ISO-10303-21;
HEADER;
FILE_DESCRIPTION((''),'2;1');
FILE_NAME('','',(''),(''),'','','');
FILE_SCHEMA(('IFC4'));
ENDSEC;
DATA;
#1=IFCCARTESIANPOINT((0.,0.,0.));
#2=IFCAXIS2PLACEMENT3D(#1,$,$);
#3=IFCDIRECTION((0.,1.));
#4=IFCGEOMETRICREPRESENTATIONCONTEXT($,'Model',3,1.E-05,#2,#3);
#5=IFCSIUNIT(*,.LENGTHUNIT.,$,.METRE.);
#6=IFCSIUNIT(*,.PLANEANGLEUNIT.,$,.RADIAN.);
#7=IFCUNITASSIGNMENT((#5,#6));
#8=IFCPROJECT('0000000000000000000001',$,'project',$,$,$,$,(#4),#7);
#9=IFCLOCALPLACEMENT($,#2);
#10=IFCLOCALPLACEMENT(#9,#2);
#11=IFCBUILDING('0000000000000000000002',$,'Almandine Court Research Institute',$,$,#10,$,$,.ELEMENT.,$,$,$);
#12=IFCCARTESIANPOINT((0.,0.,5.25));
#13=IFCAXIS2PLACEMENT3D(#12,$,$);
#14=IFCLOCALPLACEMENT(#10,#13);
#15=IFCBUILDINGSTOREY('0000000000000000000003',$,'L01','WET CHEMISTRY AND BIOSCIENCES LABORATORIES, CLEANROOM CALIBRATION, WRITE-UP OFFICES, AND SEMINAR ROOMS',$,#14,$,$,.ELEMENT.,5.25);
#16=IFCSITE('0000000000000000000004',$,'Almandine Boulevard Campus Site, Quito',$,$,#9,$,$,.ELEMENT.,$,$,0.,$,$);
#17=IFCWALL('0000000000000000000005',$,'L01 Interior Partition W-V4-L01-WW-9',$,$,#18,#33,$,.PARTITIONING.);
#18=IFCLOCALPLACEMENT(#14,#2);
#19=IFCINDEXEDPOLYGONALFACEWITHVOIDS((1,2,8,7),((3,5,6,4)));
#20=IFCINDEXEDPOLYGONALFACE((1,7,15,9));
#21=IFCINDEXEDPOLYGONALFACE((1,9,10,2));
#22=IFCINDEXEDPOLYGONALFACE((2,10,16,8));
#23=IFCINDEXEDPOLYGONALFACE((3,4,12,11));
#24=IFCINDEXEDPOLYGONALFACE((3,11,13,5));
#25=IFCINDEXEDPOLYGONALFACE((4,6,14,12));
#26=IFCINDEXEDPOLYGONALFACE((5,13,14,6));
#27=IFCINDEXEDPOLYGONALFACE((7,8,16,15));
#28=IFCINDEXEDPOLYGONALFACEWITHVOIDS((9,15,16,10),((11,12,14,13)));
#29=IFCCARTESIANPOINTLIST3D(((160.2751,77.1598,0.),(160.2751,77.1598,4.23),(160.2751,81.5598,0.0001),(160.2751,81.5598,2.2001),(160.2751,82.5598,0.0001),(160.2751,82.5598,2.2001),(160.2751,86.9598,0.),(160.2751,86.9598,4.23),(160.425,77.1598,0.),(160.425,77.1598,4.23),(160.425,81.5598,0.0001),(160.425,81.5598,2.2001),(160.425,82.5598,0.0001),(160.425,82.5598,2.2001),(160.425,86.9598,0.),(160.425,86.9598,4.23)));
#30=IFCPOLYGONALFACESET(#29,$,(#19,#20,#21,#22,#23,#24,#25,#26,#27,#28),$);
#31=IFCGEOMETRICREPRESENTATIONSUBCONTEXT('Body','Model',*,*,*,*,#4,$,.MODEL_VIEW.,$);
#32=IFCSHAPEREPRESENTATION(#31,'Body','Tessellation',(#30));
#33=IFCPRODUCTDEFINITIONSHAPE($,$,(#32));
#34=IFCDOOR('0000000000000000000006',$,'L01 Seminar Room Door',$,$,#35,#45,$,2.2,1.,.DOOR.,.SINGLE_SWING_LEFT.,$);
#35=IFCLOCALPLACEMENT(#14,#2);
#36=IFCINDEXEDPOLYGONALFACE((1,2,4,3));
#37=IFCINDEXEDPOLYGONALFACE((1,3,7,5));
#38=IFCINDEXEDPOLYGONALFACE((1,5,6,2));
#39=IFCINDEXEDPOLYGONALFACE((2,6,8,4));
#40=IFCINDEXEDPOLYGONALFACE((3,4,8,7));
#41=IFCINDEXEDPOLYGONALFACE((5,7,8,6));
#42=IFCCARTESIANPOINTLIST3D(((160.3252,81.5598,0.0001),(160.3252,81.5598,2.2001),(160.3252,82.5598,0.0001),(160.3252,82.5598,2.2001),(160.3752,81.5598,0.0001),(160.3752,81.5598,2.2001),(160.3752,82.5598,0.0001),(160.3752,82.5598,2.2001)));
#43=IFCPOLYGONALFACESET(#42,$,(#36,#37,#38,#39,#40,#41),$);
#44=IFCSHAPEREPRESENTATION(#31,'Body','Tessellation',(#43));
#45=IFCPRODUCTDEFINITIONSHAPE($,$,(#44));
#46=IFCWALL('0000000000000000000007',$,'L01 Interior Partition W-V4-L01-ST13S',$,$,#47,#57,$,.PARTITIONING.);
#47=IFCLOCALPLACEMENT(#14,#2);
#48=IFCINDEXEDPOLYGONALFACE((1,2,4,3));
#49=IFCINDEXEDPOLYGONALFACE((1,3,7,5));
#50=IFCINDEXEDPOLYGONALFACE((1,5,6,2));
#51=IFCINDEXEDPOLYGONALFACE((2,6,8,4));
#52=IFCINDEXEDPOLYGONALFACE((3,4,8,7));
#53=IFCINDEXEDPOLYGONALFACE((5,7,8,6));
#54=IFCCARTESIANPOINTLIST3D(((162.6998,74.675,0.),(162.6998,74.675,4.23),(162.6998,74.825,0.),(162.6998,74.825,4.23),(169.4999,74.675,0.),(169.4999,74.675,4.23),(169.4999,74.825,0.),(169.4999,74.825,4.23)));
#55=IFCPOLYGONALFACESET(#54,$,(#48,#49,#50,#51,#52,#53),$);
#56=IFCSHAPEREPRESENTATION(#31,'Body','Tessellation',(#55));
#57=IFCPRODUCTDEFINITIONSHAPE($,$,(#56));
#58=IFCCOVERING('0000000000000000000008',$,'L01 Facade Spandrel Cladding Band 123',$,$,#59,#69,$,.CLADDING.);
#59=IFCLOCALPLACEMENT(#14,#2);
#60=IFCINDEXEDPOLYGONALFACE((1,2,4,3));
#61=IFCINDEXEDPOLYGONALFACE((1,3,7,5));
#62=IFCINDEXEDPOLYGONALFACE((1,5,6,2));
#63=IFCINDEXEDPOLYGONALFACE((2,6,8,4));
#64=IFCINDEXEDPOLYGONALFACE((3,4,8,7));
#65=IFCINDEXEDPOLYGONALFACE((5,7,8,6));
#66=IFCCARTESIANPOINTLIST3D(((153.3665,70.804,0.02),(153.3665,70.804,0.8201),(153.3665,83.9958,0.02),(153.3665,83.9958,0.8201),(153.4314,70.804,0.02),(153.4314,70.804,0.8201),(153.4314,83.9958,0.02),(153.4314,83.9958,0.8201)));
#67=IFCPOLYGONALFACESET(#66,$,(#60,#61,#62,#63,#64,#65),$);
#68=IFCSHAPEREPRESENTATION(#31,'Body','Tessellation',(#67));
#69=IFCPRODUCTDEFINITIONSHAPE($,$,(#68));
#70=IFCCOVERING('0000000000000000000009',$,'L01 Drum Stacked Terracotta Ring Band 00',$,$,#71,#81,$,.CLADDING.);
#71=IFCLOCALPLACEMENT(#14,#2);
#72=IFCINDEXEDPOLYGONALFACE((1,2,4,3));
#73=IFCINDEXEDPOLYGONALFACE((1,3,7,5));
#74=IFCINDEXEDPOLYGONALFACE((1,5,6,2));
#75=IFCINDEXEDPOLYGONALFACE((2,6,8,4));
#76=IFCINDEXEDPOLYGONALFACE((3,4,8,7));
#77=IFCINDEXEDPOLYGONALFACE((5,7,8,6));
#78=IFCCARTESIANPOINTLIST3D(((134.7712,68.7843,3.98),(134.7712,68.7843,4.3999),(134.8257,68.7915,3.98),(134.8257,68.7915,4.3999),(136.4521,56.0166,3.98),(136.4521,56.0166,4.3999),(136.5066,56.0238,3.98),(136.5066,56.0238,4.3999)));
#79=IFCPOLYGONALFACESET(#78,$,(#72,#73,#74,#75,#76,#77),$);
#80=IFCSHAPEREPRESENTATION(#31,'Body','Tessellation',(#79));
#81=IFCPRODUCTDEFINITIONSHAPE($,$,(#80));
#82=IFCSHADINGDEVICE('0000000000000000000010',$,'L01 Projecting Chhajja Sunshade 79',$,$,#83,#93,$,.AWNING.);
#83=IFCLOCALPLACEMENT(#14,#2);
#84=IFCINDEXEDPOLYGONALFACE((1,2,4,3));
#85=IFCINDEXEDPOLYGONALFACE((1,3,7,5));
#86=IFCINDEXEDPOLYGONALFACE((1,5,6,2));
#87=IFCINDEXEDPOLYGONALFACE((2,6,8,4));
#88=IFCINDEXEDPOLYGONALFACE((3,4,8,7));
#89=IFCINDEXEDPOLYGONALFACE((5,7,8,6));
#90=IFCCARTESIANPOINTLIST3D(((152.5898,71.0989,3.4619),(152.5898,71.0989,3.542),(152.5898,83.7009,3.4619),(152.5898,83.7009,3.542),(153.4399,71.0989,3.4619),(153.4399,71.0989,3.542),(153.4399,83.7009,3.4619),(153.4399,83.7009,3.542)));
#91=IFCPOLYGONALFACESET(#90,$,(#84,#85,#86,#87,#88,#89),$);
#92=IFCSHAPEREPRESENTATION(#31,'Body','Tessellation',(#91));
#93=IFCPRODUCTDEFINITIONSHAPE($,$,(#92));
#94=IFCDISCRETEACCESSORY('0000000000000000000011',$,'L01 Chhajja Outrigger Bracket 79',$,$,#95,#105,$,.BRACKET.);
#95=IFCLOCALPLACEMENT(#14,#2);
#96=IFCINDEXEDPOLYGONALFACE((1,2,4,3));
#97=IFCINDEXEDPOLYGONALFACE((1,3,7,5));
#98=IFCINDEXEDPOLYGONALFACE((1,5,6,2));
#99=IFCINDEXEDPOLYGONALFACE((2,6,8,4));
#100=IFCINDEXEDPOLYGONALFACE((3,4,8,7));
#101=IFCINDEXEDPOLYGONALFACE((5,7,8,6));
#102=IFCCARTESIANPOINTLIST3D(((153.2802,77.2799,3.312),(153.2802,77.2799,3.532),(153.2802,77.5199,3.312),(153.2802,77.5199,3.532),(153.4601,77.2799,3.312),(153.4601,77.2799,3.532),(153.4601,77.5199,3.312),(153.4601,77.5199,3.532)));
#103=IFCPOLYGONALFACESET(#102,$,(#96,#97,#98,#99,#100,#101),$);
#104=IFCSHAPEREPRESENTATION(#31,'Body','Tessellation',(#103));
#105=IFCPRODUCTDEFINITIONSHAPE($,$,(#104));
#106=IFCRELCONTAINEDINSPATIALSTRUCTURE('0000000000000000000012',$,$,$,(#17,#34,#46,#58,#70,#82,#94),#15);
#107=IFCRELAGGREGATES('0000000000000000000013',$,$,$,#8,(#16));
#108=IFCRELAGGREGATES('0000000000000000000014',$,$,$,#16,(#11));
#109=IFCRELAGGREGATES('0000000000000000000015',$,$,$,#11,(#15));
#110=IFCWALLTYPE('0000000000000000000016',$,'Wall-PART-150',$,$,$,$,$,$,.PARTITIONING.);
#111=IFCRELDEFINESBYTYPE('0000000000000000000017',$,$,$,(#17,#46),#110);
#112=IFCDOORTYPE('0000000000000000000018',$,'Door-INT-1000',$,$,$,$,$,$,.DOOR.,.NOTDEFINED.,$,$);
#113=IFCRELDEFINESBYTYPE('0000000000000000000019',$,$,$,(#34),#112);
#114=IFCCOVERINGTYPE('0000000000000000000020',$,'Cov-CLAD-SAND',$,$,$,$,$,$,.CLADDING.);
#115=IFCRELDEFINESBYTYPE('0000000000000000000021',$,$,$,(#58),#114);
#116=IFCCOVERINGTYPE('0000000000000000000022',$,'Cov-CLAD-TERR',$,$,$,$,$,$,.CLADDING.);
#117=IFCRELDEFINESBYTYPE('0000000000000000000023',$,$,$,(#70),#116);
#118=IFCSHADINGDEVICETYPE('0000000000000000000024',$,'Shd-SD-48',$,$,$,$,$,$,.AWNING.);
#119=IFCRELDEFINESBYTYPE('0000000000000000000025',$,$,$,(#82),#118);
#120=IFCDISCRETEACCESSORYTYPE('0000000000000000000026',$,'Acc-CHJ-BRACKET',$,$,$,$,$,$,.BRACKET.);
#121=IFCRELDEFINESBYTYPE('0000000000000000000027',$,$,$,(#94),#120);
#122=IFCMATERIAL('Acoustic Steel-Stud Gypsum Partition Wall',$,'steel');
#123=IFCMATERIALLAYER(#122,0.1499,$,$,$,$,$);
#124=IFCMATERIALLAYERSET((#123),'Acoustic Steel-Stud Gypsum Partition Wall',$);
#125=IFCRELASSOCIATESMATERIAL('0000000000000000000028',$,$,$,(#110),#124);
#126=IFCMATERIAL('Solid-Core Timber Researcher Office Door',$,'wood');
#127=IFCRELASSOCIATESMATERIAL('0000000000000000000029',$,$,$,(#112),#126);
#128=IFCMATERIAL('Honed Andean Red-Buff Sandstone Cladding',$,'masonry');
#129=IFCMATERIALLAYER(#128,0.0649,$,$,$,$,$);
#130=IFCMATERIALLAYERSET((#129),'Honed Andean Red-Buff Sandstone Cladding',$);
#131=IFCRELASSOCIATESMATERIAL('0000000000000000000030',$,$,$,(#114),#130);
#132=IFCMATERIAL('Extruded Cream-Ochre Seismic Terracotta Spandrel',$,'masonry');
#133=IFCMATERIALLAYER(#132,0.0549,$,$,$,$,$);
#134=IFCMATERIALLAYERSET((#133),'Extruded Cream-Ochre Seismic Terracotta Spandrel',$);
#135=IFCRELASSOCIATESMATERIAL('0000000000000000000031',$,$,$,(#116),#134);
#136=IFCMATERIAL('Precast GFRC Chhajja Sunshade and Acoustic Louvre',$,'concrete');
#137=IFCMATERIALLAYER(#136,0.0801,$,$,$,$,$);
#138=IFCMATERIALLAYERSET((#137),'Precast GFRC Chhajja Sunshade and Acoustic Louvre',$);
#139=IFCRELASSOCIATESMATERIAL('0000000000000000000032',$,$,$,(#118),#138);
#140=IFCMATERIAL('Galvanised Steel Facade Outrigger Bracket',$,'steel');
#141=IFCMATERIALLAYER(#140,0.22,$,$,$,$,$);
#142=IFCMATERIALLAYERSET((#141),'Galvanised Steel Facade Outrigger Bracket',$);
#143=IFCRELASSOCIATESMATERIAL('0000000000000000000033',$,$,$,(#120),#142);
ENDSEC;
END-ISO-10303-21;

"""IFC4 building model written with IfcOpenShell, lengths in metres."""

from ifc_helpers import new_model, si_unit, direction, frame, frame_2d, origin, origin_2d, place, context, subcontext, project, spatial, rectangle, extrude, material, layer, layer_set, type_object, element, fill, save


model = new_model("IFC4")

# Units and contexts
model_context = context("Model", 3, precision=1e-05, world=origin(), true_north=direction((0.0, 1.0)))
body_context = subcontext(model_context, "Body", "Model", "MODEL_VIEW")
ifc_project = project(units=[si_unit("LENGTHUNIT", "METRE"), si_unit("PLANEANGLEUNIT", "RADIAN")], contexts=[model_context])

# Site, building, storey
site_placement = place(None, origin())
site = spatial("IfcSite", under=ifc_project, at=site_placement, Name="Almandine Boulevard Campus Site, Quito", CompositionType="ELEMENT", RefElevation=0.0)
building_placement = place(site_placement, origin())
building = spatial("IfcBuilding", under=site, at=building_placement, Name="Almandine Court Research Institute", CompositionType="ELEMENT")
storey_placement = place(building_placement, frame((0.0, 0.0, 5.25)))
storey = spatial("IfcBuildingStorey", under=building, at=storey_placement, Name="L01", Description="WET CHEMISTRY AND BIOSCIENCES LABORATORIES, CLEANROOM CALIBRATION, WRITE-UP OFFICES, AND SEMINAR ROOMS", CompositionType="ELEMENT", Elevation=5.25)

# Shared definitions
ifc_material_1 = material(Name="Acoustic Steel-Stud Gypsum Partition Wall", Category="steel")
ifc_layer_1 = layer(ifc_material_1, 0.1499)
ifc_layer_set_1 = layer_set([ifc_layer_1], Name="Acoustic Steel-Stud Gypsum Partition Wall")
wall_type_1 = type_object("IfcWallType", Name="Wall-PART-150", PredefinedType="PARTITIONING", material=ifc_layer_set_1)

# Shared definitions
ifc_material_2 = material(Name="Solid-Core Timber Researcher Office Door", Category="wood")
door_type_1 = type_object("IfcDoorType", Name="Door-INT-1000", OperationType="NOTDEFINED", PredefinedType="DOOR", material=ifc_material_2)

# Wall, opening, door
wall_1_placement = place(storey_placement, frame((160.3501, 77.1599, 0.0), z_axis=(0.0, 0.0, 1.0), x_axis=(0.0, 1.0, 0.0)))
wall_1 = element("IfcWall", 1, at=wall_1_placement, inside=storey, type_object=wall_type_1, Name="L01 Interior Partition W-V4-L01-WW-9", PredefinedType="PARTITIONING", context=body_context, shape_type="SweptSolid", body=[
    extrude(rectangle(XDim=9.8, YDim=0.1499, at=frame_2d((4.8999, 0.0))), origin(), (0.0, 0.0, 1.0), 4.23),
])
opening_1_placement = place(wall_1_placement, frame((4.3999, 0.0, 0.0)))
opening_1 = element("IfcOpeningElement", 2, at=opening_1_placement, cuts=wall_1, PredefinedType="OPENING", context=body_context, shape_type="SweptSolid", body=[
    extrude(rectangle(XDim=1.0, YDim=2.2, at=frame_2d((0.5, 1.1001))), frame((0.0, 0.085, 0.0), z_axis=(0.0, -1.0, 0.0), x_axis=(1.0, 0.0, 0.0)), (0.0, 0.0, 1.0), 0.1699),
])
door_1_placement = place(opening_1_placement, origin())
door_1 = element("IfcDoor", 3, at=door_1_placement, inside=storey, type_object=door_type_1, Name="L01 Seminar Room Door", OperationType="SINGLE_SWING_LEFT", OverallHeight=2.2, OverallWidth=1.0, PredefinedType="DOOR", context=body_context, shape_type="SweptSolid", body=[
    extrude(rectangle(XDim=1.0, YDim=2.2, at=frame_2d((0.5, 1.1001))), frame((0.0, 0.0249, 0.0), z_axis=(0.0, -1.0, 0.0), x_axis=(1.0, 0.0, 0.0)), (0.0, 0.0, 1.0), 0.05),
])
fill(opening_1, door_1)

# Wall
wall_2_placement = place(storey_placement, frame((162.7, 74.75, 0.0), z_axis=(0.0, 0.0, 1.0), x_axis=(1.0, 0.0, 0.0)))
element("IfcWall", 4, at=wall_2_placement, inside=storey, type_object=wall_type_1, Name="L01 Interior Partition W-V4-L01-ST13S", PredefinedType="PARTITIONING", context=body_context, shape_type="SweptSolid", body=[
    extrude(rectangle(XDim=6.8, YDim=0.1499, at=frame_2d((3.3999, 0.0))), origin(), (0.0, 0.0, 1.0), 4.23),
])

# Coverings
ifc_material_3 = material(Name="Honed Andean Red-Buff Sandstone Cladding", Category="masonry")
ifc_layer_2 = layer(ifc_material_3, 0.0649)
ifc_layer_set_2 = layer_set([ifc_layer_2], Name="Honed Andean Red-Buff Sandstone Cladding")
covering_type_1 = type_object("IfcCoveringType", Name="Cov-CLAD-SAND", PredefinedType="CLADDING", material=ifc_layer_set_2)
covering_1_placement = place(storey_placement, frame((153.3989, 77.3999, 0.02), z_axis=(0.0, 0.0, 1.0), x_axis=(0.0, 1.0, 0.0)))
element("IfcCovering", 5, at=covering_1_placement, inside=storey, type_object=covering_type_1, Name="L01 Facade Spandrel Cladding Band 123", PredefinedType="CLADDING", context=body_context, shape_type="SweptSolid", body=[
    extrude(rectangle(XDim=13.1919, YDim=0.0649, at=origin_2d()), origin(), (0.0, 0.0, 1.0), 0.8),
])
ifc_material_4 = material(Name="Extruded Cream-Ochre Seismic Terracotta Spandrel", Category="masonry")
ifc_layer_3 = layer(ifc_material_4, 0.0549)
ifc_layer_set_3 = layer_set([ifc_layer_3], Name="Extruded Cream-Ochre Seismic Terracotta Spandrel")
covering_type_2 = type_object("IfcCoveringType", Name="Cov-CLAD-TERR", PredefinedType="CLADDING", material=ifc_layer_set_3)
covering_2_placement = place(storey_placement, frame((135.6389, 62.4041, 3.98), z_axis=(0.0, 0.0, 1.0), x_axis=(0.130526, -0.991445, 0.0)))
element("IfcCovering", 6, at=covering_2_placement, inside=storey, type_object=covering_type_2, Name="L01 Drum Stacked Terracotta Ring Band 00", PredefinedType="CLADDING", context=body_context, shape_type="SweptSolid", body=[
    extrude(rectangle(XDim=12.8779, YDim=0.0549, at=origin_2d()), origin(), (0.0, 0.0, 1.0), 0.4199),
])

# Shading device
ifc_material_5 = material(Name="Precast GFRC Chhajja Sunshade and Acoustic Louvre", Category="concrete")
ifc_layer_4 = layer(ifc_material_5, 0.0801)
ifc_layer_set_4 = layer_set([ifc_layer_4], Name="Precast GFRC Chhajja Sunshade and Acoustic Louvre")
shading_device_type = type_object("IfcShadingDeviceType", Name="Shd-SD-48", PredefinedType="AWNING", material=ifc_layer_set_4)
shading_device_placement = place(storey_placement, frame((153.0149, 77.3999, 3.4619), z_axis=(0.0, 0.0, 1.0), x_axis=(0.0, 1.0, 0.0)))
element("IfcShadingDevice", 7, at=shading_device_placement, inside=storey, type_object=shading_device_type, Name="L01 Projecting Chhajja Sunshade 79", PredefinedType="AWNING", context=body_context, shape_type="SweptSolid", body=[
    extrude(rectangle(XDim=12.6021, YDim=0.8501, at=origin_2d()), origin(), (0.0, 0.0, 1.0), 0.0801),
])

# Discrete accessory
ifc_material_6 = material(Name="Galvanised Steel Facade Outrigger Bracket", Category="steel")
ifc_layer_5 = layer(ifc_material_6, 0.22)
ifc_layer_set_5 = layer_set([ifc_layer_5], Name="Galvanised Steel Facade Outrigger Bracket")
discrete_accessory_type = type_object("IfcDiscreteAccessoryType", Name="Acc-CHJ-BRACKET", PredefinedType="BRACKET", material=ifc_layer_set_5)
discrete_accessory_placement = place(storey_placement, frame((153.3701, 77.3999, 3.312), z_axis=(0.0, 0.0, 1.0), x_axis=(0.0, 1.0, 0.0)))
element("IfcDiscreteAccessory", 8, at=discrete_accessory_placement, inside=storey, type_object=discrete_accessory_type, Name="L01 Chhajja Outrigger Bracket 79", PredefinedType="BRACKET", context=body_context, shape_type="SweptSolid", body=[
    extrude(rectangle(XDim=0.24, YDim=0.1799, at=origin_2d()), origin(), (0.0, 0.0, 1.0), 0.22),
])

save(model, "model.ifc")
